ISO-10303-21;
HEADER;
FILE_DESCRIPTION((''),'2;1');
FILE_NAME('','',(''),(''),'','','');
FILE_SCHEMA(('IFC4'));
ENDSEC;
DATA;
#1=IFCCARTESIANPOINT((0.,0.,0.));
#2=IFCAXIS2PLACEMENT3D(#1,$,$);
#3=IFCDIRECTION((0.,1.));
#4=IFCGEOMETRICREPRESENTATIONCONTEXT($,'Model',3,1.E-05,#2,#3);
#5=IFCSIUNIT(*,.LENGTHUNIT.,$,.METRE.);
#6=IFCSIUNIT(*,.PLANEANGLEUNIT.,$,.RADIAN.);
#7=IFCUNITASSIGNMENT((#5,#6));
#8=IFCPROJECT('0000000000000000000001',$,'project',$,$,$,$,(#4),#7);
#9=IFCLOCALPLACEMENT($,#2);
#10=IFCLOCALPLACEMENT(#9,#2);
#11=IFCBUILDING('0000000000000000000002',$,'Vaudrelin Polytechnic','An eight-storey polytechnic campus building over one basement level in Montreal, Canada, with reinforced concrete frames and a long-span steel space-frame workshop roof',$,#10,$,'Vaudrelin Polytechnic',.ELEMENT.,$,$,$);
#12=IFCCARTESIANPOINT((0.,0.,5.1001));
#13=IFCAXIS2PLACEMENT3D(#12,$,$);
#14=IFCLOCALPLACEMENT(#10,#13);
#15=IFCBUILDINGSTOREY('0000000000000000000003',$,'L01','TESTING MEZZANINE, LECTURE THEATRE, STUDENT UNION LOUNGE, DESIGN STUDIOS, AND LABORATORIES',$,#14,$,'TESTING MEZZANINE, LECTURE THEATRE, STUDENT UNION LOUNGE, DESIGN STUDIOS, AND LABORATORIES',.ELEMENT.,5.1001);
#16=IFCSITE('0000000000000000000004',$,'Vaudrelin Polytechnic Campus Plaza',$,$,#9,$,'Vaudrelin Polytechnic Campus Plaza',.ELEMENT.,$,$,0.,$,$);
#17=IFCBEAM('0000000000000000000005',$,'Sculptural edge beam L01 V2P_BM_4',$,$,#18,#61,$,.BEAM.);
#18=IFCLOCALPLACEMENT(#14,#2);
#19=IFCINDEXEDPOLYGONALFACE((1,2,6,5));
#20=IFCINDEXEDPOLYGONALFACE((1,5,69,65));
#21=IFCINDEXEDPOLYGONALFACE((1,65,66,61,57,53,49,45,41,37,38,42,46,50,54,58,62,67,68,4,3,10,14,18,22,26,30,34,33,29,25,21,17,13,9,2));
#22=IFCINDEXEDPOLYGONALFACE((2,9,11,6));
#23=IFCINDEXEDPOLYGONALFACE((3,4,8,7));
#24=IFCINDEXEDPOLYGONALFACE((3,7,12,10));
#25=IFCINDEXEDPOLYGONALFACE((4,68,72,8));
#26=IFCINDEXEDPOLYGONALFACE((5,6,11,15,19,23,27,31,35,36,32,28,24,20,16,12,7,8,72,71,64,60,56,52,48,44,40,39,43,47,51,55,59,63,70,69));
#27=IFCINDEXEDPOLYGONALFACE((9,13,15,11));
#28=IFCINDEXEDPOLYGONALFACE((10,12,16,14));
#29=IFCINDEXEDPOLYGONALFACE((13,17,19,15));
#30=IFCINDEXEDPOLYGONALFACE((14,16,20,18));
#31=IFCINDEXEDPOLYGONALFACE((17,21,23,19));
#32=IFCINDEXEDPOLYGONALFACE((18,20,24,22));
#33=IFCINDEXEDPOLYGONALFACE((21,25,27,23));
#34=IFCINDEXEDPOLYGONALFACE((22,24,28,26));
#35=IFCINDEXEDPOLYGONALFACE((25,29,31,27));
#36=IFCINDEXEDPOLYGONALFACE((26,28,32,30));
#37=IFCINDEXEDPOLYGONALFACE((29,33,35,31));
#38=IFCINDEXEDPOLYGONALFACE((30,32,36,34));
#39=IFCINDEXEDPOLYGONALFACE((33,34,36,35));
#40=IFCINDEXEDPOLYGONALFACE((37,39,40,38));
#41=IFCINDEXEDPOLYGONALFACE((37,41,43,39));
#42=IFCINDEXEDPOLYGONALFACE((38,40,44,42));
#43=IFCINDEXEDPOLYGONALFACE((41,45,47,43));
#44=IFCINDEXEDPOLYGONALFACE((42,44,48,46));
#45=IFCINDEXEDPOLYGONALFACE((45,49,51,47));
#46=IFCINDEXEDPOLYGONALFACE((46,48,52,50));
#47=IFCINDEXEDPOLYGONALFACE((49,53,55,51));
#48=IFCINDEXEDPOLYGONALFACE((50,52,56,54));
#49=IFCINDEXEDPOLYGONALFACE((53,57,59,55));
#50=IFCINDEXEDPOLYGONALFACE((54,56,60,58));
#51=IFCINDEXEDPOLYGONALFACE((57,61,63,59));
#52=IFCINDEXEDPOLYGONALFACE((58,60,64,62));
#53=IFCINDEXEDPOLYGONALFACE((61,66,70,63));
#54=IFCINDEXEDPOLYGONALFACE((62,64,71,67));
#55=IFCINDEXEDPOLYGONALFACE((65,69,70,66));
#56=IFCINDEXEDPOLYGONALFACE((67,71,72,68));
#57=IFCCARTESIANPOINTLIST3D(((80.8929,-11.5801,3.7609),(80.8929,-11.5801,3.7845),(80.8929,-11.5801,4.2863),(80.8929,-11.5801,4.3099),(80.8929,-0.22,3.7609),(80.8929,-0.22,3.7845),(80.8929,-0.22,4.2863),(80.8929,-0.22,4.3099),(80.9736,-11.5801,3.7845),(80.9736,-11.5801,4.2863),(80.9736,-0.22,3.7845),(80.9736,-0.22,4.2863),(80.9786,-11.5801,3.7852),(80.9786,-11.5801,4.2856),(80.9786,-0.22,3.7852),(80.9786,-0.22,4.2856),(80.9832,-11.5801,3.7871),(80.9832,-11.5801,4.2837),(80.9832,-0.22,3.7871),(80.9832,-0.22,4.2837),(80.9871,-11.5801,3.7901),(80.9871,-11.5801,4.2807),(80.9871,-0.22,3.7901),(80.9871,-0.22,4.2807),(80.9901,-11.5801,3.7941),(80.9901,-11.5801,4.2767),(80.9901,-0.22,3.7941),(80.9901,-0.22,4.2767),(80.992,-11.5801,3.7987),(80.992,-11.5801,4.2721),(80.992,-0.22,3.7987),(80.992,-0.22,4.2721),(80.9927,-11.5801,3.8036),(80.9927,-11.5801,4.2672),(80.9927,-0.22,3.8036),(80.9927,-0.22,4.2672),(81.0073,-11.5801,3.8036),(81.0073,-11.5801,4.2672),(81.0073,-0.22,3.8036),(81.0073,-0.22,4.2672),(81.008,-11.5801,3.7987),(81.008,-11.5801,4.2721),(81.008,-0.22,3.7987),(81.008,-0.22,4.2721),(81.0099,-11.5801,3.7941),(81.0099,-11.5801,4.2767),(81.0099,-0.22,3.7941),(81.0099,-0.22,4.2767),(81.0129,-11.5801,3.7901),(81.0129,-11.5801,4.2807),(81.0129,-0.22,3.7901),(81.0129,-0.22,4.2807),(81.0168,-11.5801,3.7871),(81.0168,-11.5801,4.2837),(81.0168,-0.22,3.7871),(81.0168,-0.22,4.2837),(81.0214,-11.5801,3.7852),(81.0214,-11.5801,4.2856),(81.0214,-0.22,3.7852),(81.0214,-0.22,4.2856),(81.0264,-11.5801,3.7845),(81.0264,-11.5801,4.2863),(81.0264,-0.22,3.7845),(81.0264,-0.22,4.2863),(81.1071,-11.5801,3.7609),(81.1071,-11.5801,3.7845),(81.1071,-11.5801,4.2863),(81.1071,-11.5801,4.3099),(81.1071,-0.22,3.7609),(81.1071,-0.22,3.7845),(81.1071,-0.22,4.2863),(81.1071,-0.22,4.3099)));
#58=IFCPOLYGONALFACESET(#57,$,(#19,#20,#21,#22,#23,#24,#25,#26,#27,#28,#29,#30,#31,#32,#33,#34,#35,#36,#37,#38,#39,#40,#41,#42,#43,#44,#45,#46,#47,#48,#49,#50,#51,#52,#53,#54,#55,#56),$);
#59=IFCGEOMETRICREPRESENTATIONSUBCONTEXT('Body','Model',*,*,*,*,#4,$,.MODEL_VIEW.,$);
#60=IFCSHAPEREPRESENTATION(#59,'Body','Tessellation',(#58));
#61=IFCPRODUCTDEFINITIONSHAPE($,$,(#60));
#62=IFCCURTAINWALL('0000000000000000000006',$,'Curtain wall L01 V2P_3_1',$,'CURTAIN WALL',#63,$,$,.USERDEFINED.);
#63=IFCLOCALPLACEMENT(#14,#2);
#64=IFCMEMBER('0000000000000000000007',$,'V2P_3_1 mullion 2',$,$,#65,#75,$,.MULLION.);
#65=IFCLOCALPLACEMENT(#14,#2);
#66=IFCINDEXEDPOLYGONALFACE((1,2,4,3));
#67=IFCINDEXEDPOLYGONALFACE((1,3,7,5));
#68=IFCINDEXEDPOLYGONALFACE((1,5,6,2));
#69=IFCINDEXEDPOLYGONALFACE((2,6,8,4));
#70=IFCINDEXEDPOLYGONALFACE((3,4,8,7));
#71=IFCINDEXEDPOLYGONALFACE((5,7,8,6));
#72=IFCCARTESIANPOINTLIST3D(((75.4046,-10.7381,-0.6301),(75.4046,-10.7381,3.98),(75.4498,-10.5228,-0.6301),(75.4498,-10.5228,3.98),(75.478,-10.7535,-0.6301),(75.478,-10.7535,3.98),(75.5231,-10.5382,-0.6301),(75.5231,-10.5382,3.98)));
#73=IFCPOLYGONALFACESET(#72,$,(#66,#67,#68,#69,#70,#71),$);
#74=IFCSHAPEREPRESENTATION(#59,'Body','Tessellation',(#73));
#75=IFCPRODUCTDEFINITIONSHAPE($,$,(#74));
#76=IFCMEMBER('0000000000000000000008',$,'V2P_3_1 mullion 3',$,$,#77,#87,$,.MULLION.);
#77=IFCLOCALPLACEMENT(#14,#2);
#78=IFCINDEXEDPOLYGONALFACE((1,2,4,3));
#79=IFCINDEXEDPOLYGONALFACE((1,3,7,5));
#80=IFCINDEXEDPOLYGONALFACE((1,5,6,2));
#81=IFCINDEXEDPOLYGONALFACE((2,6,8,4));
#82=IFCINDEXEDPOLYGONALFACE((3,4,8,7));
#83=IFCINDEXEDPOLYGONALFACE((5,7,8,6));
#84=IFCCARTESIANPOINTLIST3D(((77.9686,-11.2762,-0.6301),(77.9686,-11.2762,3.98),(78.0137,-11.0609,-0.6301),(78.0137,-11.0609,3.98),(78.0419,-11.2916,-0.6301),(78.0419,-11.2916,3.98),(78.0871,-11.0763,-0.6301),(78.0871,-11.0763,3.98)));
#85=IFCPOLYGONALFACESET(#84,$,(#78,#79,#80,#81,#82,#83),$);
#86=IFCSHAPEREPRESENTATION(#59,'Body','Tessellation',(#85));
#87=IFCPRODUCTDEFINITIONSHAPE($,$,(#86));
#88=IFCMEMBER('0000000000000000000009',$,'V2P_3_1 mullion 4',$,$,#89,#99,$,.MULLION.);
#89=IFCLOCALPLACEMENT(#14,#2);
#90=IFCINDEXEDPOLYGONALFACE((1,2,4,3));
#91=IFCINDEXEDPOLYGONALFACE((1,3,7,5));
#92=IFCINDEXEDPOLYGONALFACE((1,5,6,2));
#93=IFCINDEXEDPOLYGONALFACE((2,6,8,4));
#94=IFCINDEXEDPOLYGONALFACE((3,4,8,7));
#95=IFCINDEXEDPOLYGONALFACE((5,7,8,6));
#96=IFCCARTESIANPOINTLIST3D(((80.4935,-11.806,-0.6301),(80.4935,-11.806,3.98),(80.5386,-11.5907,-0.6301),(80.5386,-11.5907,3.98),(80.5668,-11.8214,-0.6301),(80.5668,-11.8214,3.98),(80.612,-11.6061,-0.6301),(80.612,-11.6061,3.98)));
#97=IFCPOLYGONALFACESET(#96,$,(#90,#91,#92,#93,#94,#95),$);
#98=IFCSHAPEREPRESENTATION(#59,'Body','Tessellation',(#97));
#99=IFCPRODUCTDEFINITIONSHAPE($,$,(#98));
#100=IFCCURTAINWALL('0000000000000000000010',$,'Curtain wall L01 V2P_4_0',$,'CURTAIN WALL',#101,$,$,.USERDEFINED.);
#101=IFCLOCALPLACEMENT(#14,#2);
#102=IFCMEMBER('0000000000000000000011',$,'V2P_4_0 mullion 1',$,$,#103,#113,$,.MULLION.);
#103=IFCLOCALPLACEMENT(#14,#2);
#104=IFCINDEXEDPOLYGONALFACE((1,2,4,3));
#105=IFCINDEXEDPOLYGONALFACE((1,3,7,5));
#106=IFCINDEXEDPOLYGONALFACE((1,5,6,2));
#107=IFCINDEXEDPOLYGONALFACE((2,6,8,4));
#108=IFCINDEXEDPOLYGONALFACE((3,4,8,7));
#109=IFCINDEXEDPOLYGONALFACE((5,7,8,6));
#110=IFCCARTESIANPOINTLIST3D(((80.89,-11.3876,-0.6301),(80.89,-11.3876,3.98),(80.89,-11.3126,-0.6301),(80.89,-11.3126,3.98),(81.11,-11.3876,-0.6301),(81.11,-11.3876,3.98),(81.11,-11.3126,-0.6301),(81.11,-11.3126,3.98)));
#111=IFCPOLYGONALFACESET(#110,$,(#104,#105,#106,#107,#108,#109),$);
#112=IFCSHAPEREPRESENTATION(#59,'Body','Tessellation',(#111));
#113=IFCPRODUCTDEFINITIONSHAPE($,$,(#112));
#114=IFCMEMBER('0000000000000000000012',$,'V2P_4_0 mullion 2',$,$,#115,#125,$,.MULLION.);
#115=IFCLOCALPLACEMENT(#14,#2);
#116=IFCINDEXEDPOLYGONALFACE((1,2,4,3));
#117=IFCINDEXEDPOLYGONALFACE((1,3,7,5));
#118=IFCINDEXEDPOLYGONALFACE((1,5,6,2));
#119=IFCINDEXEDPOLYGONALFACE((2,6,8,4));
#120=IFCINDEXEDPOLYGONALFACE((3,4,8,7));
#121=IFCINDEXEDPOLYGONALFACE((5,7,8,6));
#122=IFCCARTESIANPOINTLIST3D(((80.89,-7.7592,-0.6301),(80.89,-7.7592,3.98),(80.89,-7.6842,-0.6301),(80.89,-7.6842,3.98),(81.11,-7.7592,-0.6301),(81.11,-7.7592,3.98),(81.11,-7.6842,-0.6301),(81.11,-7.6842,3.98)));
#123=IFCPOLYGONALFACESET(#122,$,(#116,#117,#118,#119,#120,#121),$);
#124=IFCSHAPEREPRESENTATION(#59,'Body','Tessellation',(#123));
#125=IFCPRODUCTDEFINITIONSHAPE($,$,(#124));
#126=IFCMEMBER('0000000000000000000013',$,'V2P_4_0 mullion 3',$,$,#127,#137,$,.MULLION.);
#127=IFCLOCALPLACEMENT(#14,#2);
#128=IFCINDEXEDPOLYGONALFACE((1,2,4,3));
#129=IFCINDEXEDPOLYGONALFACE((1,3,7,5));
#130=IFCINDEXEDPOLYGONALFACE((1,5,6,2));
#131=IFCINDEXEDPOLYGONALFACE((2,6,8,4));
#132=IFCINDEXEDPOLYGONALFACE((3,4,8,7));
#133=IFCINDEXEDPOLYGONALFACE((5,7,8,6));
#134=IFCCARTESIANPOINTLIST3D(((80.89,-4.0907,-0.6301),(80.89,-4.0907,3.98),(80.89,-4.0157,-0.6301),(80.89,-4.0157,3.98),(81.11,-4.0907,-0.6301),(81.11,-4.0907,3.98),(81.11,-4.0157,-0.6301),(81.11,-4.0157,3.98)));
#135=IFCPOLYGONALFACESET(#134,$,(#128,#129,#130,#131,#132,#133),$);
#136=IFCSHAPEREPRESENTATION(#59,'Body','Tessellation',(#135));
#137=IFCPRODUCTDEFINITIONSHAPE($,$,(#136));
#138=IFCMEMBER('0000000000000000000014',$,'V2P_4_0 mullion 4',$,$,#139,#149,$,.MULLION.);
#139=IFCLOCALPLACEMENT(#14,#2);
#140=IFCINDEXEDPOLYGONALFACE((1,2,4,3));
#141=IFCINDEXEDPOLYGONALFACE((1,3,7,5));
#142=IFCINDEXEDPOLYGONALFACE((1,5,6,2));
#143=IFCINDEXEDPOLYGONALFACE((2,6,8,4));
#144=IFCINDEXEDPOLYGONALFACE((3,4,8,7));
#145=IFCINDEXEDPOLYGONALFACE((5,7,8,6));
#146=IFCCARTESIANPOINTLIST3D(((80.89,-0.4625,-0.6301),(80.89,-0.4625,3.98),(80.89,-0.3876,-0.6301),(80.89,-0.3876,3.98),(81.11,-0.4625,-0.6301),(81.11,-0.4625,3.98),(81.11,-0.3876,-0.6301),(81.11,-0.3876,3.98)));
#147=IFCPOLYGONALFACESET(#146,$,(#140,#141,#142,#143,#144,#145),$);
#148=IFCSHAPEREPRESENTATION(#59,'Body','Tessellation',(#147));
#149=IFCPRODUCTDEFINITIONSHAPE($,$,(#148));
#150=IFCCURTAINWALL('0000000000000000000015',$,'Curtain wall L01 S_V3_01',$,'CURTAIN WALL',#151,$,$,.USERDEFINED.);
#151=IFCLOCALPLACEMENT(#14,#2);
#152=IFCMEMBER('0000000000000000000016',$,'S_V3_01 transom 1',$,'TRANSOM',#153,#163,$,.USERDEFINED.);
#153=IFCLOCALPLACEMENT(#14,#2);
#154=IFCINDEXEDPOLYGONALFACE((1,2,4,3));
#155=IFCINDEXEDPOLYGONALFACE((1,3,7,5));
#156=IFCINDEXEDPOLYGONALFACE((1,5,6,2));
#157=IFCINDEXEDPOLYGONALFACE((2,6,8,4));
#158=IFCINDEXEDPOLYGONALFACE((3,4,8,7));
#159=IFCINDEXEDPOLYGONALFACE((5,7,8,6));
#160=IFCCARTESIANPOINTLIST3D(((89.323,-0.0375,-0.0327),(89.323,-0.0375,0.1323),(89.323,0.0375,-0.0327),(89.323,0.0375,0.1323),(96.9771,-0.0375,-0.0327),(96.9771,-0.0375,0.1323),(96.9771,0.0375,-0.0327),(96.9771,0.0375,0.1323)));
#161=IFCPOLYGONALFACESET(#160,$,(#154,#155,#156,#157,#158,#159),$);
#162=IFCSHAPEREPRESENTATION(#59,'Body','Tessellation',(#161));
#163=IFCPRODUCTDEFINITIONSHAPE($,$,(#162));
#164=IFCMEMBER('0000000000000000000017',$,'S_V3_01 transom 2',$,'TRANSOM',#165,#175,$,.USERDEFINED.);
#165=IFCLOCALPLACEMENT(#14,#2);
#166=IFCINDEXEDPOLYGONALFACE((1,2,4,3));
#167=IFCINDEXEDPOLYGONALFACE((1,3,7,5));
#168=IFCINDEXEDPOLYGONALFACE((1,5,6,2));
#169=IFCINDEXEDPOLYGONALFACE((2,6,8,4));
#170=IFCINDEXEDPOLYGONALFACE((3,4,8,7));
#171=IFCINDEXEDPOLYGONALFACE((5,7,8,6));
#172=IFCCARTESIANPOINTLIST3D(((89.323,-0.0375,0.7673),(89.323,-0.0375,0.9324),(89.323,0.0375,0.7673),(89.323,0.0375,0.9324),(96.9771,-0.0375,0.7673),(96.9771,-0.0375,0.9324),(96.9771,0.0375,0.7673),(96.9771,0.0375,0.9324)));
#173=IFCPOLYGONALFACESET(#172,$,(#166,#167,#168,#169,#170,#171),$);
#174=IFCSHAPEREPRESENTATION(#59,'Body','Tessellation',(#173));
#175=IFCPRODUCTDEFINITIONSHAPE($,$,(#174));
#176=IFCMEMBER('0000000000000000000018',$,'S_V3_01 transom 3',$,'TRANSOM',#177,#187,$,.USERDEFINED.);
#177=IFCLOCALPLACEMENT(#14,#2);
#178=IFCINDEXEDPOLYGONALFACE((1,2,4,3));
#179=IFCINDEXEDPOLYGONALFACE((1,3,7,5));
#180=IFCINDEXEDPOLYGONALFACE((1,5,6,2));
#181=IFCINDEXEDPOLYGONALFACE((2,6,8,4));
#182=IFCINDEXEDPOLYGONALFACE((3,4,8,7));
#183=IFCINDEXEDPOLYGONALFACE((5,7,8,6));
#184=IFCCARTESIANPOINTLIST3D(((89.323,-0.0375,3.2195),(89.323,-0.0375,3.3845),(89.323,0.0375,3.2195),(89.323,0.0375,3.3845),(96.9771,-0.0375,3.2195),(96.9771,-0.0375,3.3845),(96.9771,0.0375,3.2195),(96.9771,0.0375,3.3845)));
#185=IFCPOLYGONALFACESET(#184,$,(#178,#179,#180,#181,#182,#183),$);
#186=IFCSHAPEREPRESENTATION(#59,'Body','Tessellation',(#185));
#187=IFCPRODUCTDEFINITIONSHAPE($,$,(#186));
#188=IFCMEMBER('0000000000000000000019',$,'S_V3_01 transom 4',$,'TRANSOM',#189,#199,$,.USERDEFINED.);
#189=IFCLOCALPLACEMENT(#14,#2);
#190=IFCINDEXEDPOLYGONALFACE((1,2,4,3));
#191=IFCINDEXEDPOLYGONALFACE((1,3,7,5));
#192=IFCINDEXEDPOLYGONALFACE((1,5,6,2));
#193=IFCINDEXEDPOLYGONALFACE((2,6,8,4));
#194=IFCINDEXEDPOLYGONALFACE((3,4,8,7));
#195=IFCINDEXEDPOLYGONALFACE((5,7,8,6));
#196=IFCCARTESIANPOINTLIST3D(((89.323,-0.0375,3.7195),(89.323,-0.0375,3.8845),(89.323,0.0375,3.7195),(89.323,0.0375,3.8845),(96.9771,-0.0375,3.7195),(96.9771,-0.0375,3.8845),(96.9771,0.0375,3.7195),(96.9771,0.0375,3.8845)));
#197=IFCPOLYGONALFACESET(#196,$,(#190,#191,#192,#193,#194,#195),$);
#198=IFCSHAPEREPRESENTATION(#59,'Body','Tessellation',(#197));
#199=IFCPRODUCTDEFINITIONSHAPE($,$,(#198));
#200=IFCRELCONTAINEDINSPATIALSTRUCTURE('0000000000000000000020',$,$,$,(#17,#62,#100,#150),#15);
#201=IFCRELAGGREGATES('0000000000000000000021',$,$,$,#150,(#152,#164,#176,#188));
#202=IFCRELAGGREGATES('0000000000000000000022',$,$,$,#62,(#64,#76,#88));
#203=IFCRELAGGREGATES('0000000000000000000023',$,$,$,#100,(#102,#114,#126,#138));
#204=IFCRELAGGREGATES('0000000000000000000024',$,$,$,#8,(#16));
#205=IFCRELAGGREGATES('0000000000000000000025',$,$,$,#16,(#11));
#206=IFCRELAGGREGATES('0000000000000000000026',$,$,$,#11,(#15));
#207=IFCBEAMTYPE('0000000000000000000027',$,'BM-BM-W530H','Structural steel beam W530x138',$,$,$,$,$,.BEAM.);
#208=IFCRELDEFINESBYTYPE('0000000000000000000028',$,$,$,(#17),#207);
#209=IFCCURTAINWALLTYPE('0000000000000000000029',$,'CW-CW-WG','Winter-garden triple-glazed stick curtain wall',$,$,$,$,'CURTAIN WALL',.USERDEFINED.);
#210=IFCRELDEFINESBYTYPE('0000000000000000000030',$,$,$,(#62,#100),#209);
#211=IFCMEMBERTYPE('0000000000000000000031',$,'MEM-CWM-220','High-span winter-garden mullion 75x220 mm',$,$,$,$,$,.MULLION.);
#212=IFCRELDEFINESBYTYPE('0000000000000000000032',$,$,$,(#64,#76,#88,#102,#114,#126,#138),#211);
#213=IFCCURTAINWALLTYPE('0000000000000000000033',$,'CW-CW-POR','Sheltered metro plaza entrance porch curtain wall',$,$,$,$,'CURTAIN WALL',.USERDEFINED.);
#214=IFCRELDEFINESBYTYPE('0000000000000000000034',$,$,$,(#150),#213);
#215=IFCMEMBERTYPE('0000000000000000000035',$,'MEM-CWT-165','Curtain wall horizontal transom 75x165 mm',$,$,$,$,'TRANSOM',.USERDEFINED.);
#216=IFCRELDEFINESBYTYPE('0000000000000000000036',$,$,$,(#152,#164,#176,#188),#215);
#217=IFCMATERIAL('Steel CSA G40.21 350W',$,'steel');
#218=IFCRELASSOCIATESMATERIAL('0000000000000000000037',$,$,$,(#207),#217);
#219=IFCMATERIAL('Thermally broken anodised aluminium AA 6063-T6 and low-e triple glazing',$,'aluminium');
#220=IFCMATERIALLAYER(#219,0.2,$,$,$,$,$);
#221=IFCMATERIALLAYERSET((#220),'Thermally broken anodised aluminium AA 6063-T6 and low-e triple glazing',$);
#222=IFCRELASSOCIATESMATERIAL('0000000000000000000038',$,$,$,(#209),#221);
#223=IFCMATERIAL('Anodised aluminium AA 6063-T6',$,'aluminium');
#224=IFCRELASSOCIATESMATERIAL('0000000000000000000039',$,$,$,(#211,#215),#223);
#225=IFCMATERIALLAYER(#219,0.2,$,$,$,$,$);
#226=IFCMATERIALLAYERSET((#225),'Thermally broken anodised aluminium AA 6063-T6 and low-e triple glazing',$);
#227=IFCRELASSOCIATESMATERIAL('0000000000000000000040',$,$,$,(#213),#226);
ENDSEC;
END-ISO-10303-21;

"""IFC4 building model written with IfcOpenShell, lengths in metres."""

from ifc_helpers import new_model, si_unit, direction, frame, origin, origin_2d, place, context, subcontext, project, spatial, rectangle, i_section, extrude, material, layer, layer_set, material_profile, profile_set, type_object, element, aggregate, save


model = new_model("IFC4")

# Units and contexts
model_context = context("Model", 3, precision=1e-05, world=origin(), true_north=direction((0.0, 1.0)))
body_context = subcontext(model_context, "Body", "Model", "MODEL_VIEW")
ifc_project = project(units=[si_unit("LENGTHUNIT", "METRE"), si_unit("PLANEANGLEUNIT", "RADIAN")], contexts=[model_context])

# Site, building, storey
site_placement = place(None, origin())
site = spatial("IfcSite", under=ifc_project, at=site_placement, Name="Vaudrelin Polytechnic Campus Plaza", LongName="Vaudrelin Polytechnic Campus Plaza", CompositionType="ELEMENT", RefElevation=0.0)
building_placement = place(site_placement, origin())
building = spatial("IfcBuilding", under=site, at=building_placement, Name="Vaudrelin Polytechnic", Description="An eight-storey polytechnic campus building over one basement level in Montreal, Canada, with reinforced concrete frames and a long-span steel space-frame workshop roof", LongName="Vaudrelin Polytechnic", CompositionType="ELEMENT")
storey_placement = place(building_placement, frame((0.0, 0.0, 5.1001)))
storey = spatial("IfcBuildingStorey", under=building, at=storey_placement, Name="L01", Description="TESTING MEZZANINE, LECTURE THEATRE, STUDENT UNION LOUNGE, DESIGN STUDIOS, AND LABORATORIES", LongName="TESTING MEZZANINE, LECTURE THEATRE, STUDENT UNION LOUNGE, DESIGN STUDIOS, AND LABORATORIES", CompositionType="ELEMENT", Elevation=5.1001)

# Beam
ifc_material_1 = material(Name="Steel CSA G40.21 350W", Category="steel")
ifc_material_profile_1 = material_profile(ifc_material_1, i_section(OverallWidth=0.2141, OverallDepth=0.5491, WebThickness=0.0146, FlangeThickness=0.0237, FilletRadius=0.019, at=origin_2d()), Name="W530x138")
ifc_profile_set_1 = profile_set([ifc_material_profile_1], Name="Steel CSA G40.21 350W")
beam_type_1 = type_object("IfcBeamType", Name="BM-BM-W530H", Description="Structural steel beam W530x138", PredefinedType="BEAM", material=ifc_profile_set_1)
beam_1_placement = place(storey_placement, frame((81.0, -11.5801, 4.0354), z_axis=(0.0, 1.0, 0.0), x_axis=(-1.0, 0.0, 0.0)))
element("IfcBeam", 1, at=beam_1_placement, inside=storey, type_object=beam_type_1, Name="Sculptural edge beam L01 V2P_BM_4", PredefinedType="BEAM", context=body_context, shape_type="SweptSolid", body=[
    extrude(i_section(OverallWidth=0.2141, OverallDepth=0.5491, WebThickness=0.0146, FlangeThickness=0.0237, FilletRadius=0.019, at=origin_2d()), origin(), (0.0, 0.0, 1.0), 11.3601),
])

# Curtain walls, members
ifc_material_2 = material(Name="Thermally broken anodised aluminium AA 6063-T6 and low-e triple glazing", Category="aluminium")
ifc_layer_1 = layer(ifc_material_2, 0.2)
ifc_layer_set_1 = layer_set([ifc_layer_1], Name="Thermally broken anodised aluminium AA 6063-T6 and low-e triple glazing")
curtain_wall_type_1 = type_object("IfcCurtainWallType", Name="CW-CW-WG", Description="Winter-garden triple-glazed stick curtain wall", ElementType="CURTAIN WALL", PredefinedType="USERDEFINED", material=ifc_layer_set_1)
curtain_wall_1_placement = place(storey_placement, origin())
curtain_wall_1 = element("IfcCurtainWall", 2, at=curtain_wall_1_placement, inside=storey, type_object=curtain_wall_type_1, Name="Curtain wall L01 V2P_3_1", ObjectType="CURTAIN WALL", PredefinedType="USERDEFINED")
ifc_material_3 = material(Name="Anodised aluminium AA 6063-T6", Category="aluminium")
ifc_material_profile_2 = material_profile(ifc_material_3, rectangle(XDim=0.075, YDim=0.22, at=origin_2d()), Name="CWM-75x220")
ifc_profile_set_2 = profile_set([ifc_material_profile_2], Name="Anodised aluminium AA 6063-T6")
member_type_1 = type_object("IfcMemberType", Name="MEM-CWM-220", Description="High-span winter-garden mullion 75x220 mm", PredefinedType="MULLION", material=ifc_profile_set_2)
member_1_placement = place(storey_placement, frame((75.4639, -10.6382, -0.6301), z_axis=(0.0, 0.0, 1.0), x_axis=(0.978679, -0.205398, 0.0)))
member_1 = element("IfcMember", 3, at=member_1_placement, type_object=member_type_1, Name="V2P_3_1 mullion 2", PredefinedType="MULLION", context=body_context, shape_type="SweptSolid", body=[
    extrude(rectangle(XDim=0.075, YDim=0.22, at=origin_2d()), origin(), (0.0, 0.0, 1.0), 4.6101),
])
member_2_placement = place(storey_placement, frame((78.0278, -11.1763, -0.6301), z_axis=(0.0, 0.0, 1.0), x_axis=(0.978679, -0.205398, 0.0)))
member_2 = element("IfcMember", 4, at=member_2_placement, type_object=member_type_1, Name="V2P_3_1 mullion 3", PredefinedType="MULLION", context=body_context, shape_type="SweptSolid", body=[
    extrude(rectangle(XDim=0.075, YDim=0.22, at=origin_2d()), origin(), (0.0, 0.0, 1.0), 4.6101),
])
member_3_placement = place(storey_placement, frame((80.5527, -11.7061, -0.6301), z_axis=(0.0, 0.0, 1.0), x_axis=(0.978679, -0.205398, 0.0)))
member_3 = element("IfcMember", 5, at=member_3_placement, type_object=member_type_1, Name="V2P_3_1 mullion 4", PredefinedType="MULLION", context=body_context, shape_type="SweptSolid", body=[
    extrude(rectangle(XDim=0.075, YDim=0.22, at=origin_2d()), origin(), (0.0, 0.0, 1.0), 4.6101),
])
curtain_wall_2_placement = place(storey_placement, origin())
curtain_wall_2 = element("IfcCurtainWall", 6, at=curtain_wall_2_placement, inside=storey, type_object=curtain_wall_type_1, Name="Curtain wall L01 V2P_4_0", ObjectType="CURTAIN WALL", PredefinedType="USERDEFINED")
member_4_placement = place(storey_placement, frame((81.0, -11.3501, -0.6301), z_axis=(0.0, 0.0, 1.0), x_axis=(0.0, 1.0, 0.0)))
member_4 = element("IfcMember", 7, at=member_4_placement, type_object=member_type_1, Name="V2P_4_0 mullion 1", PredefinedType="MULLION", context=body_context, shape_type="SweptSolid", body=[
    extrude(rectangle(XDim=0.075, YDim=0.22, at=origin_2d()), origin(), (0.0, 0.0, 1.0), 4.6101),
])
member_5_placement = place(storey_placement, frame((81.0, -7.7217, -0.6301), z_axis=(0.0, 0.0, 1.0), x_axis=(0.0, 1.0, 0.0)))
member_5 = element("IfcMember", 8, at=member_5_placement, type_object=member_type_1, Name="V2P_4_0 mullion 2", PredefinedType="MULLION", context=body_context, shape_type="SweptSolid", body=[
    extrude(rectangle(XDim=0.075, YDim=0.22, at=origin_2d()), origin(), (0.0, 0.0, 1.0), 4.6101),
])
member_6_placement = place(storey_placement, frame((81.0, -4.0532, -0.6301), z_axis=(0.0, 0.0, 1.0), x_axis=(0.0, 1.0, 0.0)))
member_6 = element("IfcMember", 9, at=member_6_placement, type_object=member_type_1, Name="V2P_4_0 mullion 3", PredefinedType="MULLION", context=body_context, shape_type="SweptSolid", body=[
    extrude(rectangle(XDim=0.075, YDim=0.22, at=origin_2d()), origin(), (0.0, 0.0, 1.0), 4.6101),
])
member_7_placement = place(storey_placement, frame((81.0, -0.425, -0.6301), z_axis=(0.0, 0.0, 1.0), x_axis=(0.0, 1.0, 0.0)))
member_7 = element("IfcMember", 10, at=member_7_placement, type_object=member_type_1, Name="V2P_4_0 mullion 4", PredefinedType="MULLION", context=body_context, shape_type="SweptSolid", body=[
    extrude(rectangle(XDim=0.075, YDim=0.22, at=origin_2d()), origin(), (0.0, 0.0, 1.0), 4.6101),
])
ifc_layer_2 = layer(ifc_material_2, 0.2)
ifc_layer_set_2 = layer_set([ifc_layer_2], Name="Thermally broken anodised aluminium AA 6063-T6 and low-e triple glazing")
curtain_wall_type_2 = type_object("IfcCurtainWallType", Name="CW-CW-POR", Description="Sheltered metro plaza entrance porch curtain wall", ElementType="CURTAIN WALL", PredefinedType="USERDEFINED", material=ifc_layer_set_2)
curtain_wall_3_placement = place(storey_placement, origin())
curtain_wall_3 = element("IfcCurtainWall", 11, at=curtain_wall_3_placement, inside=storey, type_object=curtain_wall_type_2, Name="Curtain wall L01 S_V3_01", ObjectType="CURTAIN WALL", PredefinedType="USERDEFINED")
ifc_material_profile_3 = material_profile(ifc_material_3, rectangle(XDim=0.075, YDim=0.165, at=origin_2d()), Name="CWT-75x165")
ifc_profile_set_3 = profile_set([ifc_material_profile_3], Name="Anodised aluminium AA 6063-T6")
member_type_2 = type_object("IfcMemberType", Name="MEM-CWT-165", Description="Curtain wall horizontal transom 75x165 mm", ElementType="TRANSOM", PredefinedType="USERDEFINED", material=ifc_profile_set_3)
member_8_placement = place(storey_placement, frame((89.323, 0.0, 0.0498), z_axis=(1.0, 0.0, 0.0), x_axis=(0.0, 1.0, 0.0)))
member_8 = element("IfcMember", 12, at=member_8_placement, type_object=member_type_2, Name="S_V3_01 transom 1", ObjectType="TRANSOM", PredefinedType="USERDEFINED", context=body_context, shape_type="SweptSolid", body=[
    extrude(rectangle(XDim=0.075, YDim=0.165, at=origin_2d()), origin(), (0.0, 0.0, 1.0), 7.6541),
])
member_9_placement = place(storey_placement, frame((89.323, 0.0, 0.8499), z_axis=(1.0, 0.0, 0.0), x_axis=(0.0, 1.0, 0.0)))
member_9 = element("IfcMember", 13, at=member_9_placement, type_object=member_type_2, Name="S_V3_01 transom 2", ObjectType="TRANSOM", PredefinedType="USERDEFINED", context=body_context, shape_type="SweptSolid", body=[
    extrude(rectangle(XDim=0.075, YDim=0.165, at=origin_2d()), origin(), (0.0, 0.0, 1.0), 7.6541),
])
member_10_placement = place(storey_placement, frame((89.323, 0.0, 3.302), z_axis=(1.0, 0.0, 0.0), x_axis=(0.0, 1.0, 0.0)))
member_10 = element("IfcMember", 14, at=member_10_placement, type_object=member_type_2, Name="S_V3_01 transom 3", ObjectType="TRANSOM", PredefinedType="USERDEFINED", context=body_context, shape_type="SweptSolid", body=[
    extrude(rectangle(XDim=0.075, YDim=0.165, at=origin_2d()), origin(), (0.0, 0.0, 1.0), 7.6541),
])
member_11_placement = place(storey_placement, frame((89.323, 0.0, 3.802), z_axis=(1.0, 0.0, 0.0), x_axis=(0.0, 1.0, 0.0)))
member_11 = element("IfcMember", 15, at=member_11_placement, type_object=member_type_2, Name="S_V3_01 transom 4", ObjectType="TRANSOM", PredefinedType="USERDEFINED", context=body_context, shape_type="SweptSolid", body=[
    extrude(rectangle(XDim=0.075, YDim=0.165, at=origin_2d()), origin(), (0.0, 0.0, 1.0), 7.6541),
])
aggregate(curtain_wall_3, [member_8, member_9, member_10, member_11])

aggregate(curtain_wall_1, [member_1, member_2, member_3])
aggregate(curtain_wall_2, [member_4, member_5, member_6, member_7])

save(model, "model.ifc")
